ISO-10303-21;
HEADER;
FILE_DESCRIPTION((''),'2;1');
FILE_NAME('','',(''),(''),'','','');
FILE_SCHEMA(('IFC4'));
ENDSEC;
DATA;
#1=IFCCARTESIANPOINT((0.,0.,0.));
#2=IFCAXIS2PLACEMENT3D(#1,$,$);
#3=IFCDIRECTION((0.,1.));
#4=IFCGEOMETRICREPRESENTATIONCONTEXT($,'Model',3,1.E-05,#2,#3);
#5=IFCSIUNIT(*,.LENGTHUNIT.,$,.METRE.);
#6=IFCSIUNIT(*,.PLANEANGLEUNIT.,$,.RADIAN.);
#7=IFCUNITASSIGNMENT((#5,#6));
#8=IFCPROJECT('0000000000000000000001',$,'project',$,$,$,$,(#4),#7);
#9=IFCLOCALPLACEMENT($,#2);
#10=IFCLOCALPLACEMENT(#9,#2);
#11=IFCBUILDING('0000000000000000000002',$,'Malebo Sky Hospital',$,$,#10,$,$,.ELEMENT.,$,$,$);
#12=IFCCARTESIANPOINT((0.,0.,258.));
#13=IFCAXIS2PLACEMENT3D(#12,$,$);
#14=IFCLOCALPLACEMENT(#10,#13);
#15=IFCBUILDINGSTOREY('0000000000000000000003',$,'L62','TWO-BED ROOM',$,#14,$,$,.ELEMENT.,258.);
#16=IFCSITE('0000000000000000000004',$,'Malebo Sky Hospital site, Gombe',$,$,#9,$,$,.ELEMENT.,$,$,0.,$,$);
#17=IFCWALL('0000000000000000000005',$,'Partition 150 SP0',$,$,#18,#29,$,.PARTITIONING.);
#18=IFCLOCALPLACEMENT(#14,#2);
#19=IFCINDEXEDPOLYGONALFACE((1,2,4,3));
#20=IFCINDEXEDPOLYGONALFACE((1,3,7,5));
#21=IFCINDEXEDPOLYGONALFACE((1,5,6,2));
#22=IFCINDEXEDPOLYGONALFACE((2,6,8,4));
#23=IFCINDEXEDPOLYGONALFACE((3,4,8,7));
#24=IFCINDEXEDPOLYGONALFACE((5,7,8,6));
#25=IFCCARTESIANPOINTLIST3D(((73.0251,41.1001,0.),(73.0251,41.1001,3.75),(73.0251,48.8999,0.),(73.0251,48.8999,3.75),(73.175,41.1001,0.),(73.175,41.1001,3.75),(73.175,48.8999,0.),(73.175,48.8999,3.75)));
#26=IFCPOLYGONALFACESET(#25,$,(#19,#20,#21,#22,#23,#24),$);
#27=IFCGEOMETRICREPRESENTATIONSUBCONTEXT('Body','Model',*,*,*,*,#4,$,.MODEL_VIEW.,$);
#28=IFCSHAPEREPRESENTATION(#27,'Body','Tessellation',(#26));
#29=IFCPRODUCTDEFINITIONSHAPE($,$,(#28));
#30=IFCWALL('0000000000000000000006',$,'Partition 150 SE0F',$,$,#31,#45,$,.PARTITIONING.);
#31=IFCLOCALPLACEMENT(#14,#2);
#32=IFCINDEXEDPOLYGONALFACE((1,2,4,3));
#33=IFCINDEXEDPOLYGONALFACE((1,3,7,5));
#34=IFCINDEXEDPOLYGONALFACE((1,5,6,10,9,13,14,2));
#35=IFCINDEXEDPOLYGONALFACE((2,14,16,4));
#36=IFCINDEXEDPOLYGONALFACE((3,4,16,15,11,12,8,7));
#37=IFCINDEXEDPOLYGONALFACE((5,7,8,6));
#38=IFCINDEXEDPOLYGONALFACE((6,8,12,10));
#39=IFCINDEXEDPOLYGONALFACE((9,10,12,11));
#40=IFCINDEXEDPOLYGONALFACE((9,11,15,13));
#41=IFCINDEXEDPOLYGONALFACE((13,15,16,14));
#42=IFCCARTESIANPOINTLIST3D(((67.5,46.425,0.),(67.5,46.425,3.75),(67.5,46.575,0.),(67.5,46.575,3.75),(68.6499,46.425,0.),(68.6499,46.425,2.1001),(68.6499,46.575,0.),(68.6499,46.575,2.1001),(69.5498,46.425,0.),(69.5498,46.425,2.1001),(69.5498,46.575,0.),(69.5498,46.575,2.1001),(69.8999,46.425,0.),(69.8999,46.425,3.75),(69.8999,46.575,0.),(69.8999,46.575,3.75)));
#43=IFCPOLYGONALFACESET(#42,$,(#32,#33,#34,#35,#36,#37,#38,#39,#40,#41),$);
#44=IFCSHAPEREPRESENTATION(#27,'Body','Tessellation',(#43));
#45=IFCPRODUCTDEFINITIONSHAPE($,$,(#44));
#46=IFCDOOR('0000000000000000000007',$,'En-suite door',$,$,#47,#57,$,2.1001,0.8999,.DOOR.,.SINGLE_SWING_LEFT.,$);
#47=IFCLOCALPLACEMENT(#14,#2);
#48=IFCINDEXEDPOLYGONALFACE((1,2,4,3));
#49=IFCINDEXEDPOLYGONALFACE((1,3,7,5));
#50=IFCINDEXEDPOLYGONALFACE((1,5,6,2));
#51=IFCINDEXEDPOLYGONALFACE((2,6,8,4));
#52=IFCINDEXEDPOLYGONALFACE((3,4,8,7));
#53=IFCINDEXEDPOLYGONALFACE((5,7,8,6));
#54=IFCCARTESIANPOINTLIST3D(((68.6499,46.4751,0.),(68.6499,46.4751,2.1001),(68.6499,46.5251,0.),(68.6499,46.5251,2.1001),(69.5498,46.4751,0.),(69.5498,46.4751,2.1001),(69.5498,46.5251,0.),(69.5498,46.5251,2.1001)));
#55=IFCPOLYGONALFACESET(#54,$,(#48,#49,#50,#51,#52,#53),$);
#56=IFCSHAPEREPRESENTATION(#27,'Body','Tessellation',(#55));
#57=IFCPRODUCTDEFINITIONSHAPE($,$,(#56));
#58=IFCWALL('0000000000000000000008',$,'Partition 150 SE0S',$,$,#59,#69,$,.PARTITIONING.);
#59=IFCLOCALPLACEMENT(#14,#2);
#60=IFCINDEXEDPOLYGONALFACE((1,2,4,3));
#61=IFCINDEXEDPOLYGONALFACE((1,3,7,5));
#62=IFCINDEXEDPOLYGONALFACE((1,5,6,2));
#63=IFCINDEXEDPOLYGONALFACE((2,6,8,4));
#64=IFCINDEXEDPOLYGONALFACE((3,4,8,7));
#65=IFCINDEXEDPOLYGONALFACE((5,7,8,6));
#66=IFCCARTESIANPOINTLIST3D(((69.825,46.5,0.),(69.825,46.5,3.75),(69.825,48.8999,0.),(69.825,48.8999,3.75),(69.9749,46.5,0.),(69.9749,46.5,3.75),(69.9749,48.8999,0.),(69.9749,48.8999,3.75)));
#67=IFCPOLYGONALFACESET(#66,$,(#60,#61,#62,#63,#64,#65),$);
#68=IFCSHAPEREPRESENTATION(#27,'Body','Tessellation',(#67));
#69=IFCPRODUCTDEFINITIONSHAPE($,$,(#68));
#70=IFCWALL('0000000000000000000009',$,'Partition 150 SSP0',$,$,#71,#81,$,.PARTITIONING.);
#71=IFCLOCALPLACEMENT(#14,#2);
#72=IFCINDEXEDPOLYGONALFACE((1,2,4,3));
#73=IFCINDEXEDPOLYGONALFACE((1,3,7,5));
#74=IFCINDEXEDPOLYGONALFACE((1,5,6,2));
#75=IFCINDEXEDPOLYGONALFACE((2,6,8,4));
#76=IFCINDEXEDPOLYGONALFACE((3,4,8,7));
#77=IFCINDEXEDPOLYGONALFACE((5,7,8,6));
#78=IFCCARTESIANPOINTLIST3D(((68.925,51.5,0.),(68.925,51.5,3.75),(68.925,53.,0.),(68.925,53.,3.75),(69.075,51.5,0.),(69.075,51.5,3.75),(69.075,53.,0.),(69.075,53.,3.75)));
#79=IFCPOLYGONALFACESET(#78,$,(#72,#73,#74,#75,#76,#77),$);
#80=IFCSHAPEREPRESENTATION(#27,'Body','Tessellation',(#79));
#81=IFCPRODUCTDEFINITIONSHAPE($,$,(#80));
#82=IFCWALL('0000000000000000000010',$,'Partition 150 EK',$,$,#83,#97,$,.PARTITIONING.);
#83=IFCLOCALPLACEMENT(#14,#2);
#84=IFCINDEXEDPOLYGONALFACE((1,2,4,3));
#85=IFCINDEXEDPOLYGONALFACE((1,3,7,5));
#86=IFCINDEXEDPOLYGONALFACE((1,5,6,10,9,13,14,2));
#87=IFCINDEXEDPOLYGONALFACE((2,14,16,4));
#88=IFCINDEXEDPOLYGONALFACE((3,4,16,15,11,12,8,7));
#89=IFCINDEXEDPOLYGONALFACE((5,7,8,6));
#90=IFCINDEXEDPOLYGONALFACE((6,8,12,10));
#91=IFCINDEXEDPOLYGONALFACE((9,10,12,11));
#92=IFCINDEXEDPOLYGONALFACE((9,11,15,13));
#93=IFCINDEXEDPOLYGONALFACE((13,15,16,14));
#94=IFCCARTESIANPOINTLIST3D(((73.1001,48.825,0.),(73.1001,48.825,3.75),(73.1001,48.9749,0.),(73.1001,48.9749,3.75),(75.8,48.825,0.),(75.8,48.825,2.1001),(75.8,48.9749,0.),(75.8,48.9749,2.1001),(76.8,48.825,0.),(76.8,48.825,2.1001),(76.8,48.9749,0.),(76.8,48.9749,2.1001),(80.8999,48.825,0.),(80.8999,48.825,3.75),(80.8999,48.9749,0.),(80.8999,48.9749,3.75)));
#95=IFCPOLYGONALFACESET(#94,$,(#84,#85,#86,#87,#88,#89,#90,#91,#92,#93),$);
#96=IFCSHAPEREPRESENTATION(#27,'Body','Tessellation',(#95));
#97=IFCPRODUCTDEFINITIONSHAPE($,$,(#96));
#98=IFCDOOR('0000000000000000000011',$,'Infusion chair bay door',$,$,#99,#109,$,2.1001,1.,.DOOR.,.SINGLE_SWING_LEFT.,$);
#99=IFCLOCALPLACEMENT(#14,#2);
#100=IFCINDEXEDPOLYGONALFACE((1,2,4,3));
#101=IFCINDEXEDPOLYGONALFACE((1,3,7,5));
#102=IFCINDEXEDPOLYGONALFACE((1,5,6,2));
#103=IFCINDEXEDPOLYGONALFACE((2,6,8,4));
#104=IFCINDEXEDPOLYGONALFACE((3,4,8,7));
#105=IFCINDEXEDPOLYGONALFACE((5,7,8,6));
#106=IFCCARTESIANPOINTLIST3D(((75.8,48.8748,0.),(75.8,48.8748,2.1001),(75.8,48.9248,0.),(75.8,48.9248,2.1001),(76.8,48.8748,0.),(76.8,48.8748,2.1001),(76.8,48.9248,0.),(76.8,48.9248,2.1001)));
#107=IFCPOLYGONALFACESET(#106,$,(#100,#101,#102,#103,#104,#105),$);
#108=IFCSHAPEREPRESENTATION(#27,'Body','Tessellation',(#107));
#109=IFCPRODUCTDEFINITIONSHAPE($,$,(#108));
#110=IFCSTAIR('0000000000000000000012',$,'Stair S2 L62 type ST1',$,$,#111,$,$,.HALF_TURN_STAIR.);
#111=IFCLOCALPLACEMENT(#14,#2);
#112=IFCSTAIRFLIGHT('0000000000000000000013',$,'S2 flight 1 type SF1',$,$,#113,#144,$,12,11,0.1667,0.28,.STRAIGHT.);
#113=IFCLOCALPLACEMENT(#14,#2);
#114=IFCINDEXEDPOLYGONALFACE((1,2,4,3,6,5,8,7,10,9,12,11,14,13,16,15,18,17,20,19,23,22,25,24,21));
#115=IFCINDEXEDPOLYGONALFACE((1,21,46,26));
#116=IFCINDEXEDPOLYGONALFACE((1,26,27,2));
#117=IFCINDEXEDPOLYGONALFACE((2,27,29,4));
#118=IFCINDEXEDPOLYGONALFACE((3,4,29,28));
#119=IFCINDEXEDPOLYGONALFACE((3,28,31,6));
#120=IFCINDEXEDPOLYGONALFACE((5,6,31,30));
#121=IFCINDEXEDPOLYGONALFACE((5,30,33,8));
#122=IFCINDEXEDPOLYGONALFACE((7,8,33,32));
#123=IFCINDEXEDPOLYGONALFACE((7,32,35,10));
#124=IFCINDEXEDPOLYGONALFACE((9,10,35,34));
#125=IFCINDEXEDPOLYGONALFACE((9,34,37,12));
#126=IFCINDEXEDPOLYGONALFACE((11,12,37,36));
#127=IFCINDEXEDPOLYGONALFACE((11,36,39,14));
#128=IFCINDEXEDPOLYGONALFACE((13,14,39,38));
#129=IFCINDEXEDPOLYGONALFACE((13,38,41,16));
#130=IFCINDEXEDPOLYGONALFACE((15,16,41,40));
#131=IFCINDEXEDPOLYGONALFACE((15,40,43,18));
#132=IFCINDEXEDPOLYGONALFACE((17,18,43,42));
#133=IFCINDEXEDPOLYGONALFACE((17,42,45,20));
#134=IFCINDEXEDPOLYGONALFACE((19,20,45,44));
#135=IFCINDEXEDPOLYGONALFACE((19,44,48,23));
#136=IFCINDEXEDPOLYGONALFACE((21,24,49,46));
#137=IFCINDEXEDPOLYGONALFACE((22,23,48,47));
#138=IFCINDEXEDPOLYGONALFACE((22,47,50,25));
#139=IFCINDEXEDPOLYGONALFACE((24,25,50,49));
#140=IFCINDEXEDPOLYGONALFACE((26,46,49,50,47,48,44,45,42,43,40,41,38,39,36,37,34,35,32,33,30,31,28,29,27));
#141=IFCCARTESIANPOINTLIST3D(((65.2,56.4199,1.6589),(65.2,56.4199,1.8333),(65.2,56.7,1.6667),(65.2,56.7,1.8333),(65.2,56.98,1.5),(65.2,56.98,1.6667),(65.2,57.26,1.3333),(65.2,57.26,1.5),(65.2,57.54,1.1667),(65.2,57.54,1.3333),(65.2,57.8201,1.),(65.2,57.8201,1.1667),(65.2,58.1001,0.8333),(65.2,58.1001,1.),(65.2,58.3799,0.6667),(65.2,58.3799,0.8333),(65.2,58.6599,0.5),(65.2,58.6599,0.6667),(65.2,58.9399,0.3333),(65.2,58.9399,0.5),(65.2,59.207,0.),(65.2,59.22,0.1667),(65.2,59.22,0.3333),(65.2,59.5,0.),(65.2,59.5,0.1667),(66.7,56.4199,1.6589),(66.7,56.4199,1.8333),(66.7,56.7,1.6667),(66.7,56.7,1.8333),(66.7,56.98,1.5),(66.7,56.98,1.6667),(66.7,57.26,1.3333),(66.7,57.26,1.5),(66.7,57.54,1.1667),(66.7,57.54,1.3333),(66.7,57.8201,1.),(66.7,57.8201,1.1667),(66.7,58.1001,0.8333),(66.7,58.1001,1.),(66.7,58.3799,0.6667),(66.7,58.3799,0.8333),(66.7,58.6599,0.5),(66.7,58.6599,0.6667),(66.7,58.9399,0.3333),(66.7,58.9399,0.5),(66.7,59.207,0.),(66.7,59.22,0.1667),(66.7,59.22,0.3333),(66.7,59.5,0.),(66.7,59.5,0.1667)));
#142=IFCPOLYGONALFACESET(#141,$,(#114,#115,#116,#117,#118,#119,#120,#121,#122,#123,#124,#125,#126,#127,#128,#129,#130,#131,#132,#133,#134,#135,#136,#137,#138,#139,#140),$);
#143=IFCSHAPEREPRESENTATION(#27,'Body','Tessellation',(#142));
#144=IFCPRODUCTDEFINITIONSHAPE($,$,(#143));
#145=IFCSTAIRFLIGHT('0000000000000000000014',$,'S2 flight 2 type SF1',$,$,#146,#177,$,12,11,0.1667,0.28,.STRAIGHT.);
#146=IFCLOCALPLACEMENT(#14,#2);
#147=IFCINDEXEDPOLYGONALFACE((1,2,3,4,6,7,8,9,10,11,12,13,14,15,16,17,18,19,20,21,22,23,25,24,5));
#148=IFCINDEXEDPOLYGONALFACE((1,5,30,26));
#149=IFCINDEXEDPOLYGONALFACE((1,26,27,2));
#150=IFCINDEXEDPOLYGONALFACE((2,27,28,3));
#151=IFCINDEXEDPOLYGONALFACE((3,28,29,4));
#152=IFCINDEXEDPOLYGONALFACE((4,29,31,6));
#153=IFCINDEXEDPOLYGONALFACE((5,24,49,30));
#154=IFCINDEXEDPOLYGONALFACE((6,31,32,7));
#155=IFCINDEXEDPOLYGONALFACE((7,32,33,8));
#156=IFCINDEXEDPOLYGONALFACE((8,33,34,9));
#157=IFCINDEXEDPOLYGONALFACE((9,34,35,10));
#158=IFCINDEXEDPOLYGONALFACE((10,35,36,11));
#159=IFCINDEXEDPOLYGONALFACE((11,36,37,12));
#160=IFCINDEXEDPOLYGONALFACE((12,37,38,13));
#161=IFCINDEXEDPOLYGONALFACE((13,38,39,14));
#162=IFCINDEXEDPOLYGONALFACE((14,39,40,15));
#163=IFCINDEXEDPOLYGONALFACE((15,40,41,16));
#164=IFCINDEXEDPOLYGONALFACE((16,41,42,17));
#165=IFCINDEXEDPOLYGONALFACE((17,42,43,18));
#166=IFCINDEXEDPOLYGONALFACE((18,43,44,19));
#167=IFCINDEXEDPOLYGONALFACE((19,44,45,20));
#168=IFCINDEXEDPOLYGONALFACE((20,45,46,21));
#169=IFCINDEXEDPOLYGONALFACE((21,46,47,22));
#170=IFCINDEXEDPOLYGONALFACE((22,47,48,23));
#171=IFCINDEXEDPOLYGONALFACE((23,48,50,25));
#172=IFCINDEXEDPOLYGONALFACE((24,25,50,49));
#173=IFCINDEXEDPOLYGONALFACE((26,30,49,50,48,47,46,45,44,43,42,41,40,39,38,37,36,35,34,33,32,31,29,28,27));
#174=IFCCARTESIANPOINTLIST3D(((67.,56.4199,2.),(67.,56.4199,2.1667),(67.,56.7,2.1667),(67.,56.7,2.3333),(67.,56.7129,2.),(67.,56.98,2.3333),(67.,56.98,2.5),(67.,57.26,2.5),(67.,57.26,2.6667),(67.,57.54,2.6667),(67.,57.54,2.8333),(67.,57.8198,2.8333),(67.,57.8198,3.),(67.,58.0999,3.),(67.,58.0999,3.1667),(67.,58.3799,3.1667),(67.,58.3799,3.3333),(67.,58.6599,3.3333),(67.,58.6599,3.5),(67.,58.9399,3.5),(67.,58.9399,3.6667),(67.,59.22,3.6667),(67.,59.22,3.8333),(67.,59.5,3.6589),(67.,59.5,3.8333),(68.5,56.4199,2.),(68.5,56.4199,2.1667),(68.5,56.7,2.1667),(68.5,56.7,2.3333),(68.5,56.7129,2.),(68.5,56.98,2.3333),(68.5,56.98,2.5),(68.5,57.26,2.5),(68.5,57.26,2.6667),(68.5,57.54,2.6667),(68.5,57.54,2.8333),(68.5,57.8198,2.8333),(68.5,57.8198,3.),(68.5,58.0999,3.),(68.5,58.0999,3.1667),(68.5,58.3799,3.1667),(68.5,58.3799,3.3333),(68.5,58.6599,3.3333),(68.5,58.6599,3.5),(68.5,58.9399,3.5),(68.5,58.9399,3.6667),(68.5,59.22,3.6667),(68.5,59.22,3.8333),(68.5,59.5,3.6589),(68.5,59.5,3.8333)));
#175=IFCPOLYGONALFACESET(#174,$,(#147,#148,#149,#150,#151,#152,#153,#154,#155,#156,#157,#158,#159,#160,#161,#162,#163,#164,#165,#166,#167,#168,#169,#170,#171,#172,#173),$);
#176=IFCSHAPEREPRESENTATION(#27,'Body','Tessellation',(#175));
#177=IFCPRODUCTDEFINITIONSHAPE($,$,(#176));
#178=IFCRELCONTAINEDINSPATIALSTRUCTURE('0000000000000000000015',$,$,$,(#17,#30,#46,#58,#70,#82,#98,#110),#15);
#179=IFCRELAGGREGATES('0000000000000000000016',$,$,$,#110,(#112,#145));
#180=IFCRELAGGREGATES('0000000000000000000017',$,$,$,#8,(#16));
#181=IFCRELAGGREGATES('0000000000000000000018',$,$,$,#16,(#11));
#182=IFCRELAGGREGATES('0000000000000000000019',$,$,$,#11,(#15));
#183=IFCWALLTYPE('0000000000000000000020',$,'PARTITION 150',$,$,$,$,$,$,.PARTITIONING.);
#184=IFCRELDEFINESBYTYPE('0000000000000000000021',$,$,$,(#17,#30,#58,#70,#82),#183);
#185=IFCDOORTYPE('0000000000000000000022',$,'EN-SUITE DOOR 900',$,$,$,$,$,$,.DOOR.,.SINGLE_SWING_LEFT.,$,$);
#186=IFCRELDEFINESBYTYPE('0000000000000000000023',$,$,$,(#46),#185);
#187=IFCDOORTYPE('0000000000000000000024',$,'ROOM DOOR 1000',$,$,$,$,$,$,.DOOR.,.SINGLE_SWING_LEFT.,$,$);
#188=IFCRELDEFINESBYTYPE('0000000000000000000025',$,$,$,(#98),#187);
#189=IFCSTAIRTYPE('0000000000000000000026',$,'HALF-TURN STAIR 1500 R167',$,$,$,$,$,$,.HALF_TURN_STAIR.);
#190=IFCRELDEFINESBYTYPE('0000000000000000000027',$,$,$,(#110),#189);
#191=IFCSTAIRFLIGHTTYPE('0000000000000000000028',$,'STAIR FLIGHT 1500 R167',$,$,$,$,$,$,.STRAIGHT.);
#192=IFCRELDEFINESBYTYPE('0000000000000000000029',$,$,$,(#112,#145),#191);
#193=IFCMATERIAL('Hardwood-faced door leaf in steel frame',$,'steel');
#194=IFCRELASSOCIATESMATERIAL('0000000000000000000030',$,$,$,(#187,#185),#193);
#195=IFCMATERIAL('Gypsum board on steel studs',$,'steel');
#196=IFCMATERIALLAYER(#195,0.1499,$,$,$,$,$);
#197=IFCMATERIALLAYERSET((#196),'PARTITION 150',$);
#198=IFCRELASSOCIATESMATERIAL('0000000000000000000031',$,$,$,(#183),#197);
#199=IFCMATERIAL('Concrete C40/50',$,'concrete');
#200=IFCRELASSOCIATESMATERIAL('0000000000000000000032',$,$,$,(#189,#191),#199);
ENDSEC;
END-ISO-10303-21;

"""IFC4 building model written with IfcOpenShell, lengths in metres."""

from ifc_helpers import new_model, si_unit, direction, frame, frame_2d, origin, place, context, subcontext, project, spatial, polyline, rectangle, outline, extrude, material, layer, layer_set, type_object, element, fill, aggregate, save


model = new_model("IFC4")

# Units and contexts
model_context = context("Model", 3, precision=1e-05, world=origin(), true_north=direction((0.0, 1.0)))
body_context = subcontext(model_context, "Body", "Model", "MODEL_VIEW")
ifc_project = project(units=[si_unit("LENGTHUNIT", "METRE"), si_unit("PLANEANGLEUNIT", "RADIAN")], contexts=[model_context])

# Site, building, storey
site_placement = place(None, origin())
site = spatial("IfcSite", under=ifc_project, at=site_placement, Name="Malebo Sky Hospital site, Gombe", CompositionType="ELEMENT", RefElevation=0.0)
building_placement = place(site_placement, origin())
building = spatial("IfcBuilding", under=site, at=building_placement, Name="Malebo Sky Hospital", CompositionType="ELEMENT")
storey_placement = place(building_placement, frame((0.0, 0.0, 258.0)))
storey = spatial("IfcBuildingStorey", under=building, at=storey_placement, Name="L62", Description="TWO-BED ROOM", CompositionType="ELEMENT", Elevation=258.0)

# Shared definitions
ifc_material_1 = material(Name="Hardwood-faced door leaf in steel frame", Category="steel")

# Shared definitions
ifc_material_2 = material(Name="Gypsum board on steel studs", Category="steel")
door_type_1 = type_object("IfcDoorType", Name="ROOM DOOR 1000", OperationType="SINGLE_SWING_LEFT", PredefinedType="DOOR", material=ifc_material_1)

# Wall
ifc_layer_1 = layer(ifc_material_2, 0.1499)
ifc_layer_set_1 = layer_set([ifc_layer_1], Name="PARTITION 150")
wall_type_1 = type_object("IfcWallType", Name="PARTITION 150", PredefinedType="PARTITIONING", material=ifc_layer_set_1)
for number, where, z_axis, x_axis, name in (
    (1, (73.1001, 48.8999, 0.0), (0.0, 0.0, 1.0), (0.0, -1.0, 0.0), "Partition 150 SP0"),
):
    element("IfcWall", number, at=place(storey_placement, frame(where, z_axis=z_axis, x_axis=x_axis)), inside=storey, type_object=wall_type_1, Name=name, PredefinedType="PARTITIONING", context=body_context, shape_type="SweptSolid", body=[
        extrude(rectangle(XDim=7.7998, YDim=0.1499, at=frame_2d((3.8999, 0.0))), origin(), (0.0, 0.0, 1.0), 3.75),
    ])

# Wall, opening, door
wall_1_placement = place(storey_placement, frame((69.8999, 46.5, 0.0), z_axis=(0.0, 0.0, 1.0), x_axis=(-1.0, 0.0, 0.0)))
wall_1 = element("IfcWall", 2, at=wall_1_placement, inside=storey, type_object=wall_type_1, Name="Partition 150 SE0F", PredefinedType="PARTITIONING", context=body_context, shape_type="SweptSolid", body=[
    extrude(rectangle(XDim=2.3999, YDim=0.1499, at=frame_2d((1.2, 0.0))), origin(), (0.0, 0.0, 1.0), 3.75),
])
opening_1_placement = place(wall_1_placement, frame((0.3501, 0.0, 0.0)))
opening_1 = element("IfcOpeningElement", 3, at=opening_1_placement, cuts=wall_1, PredefinedType="OPENING", context=body_context, shape_type="SweptSolid", body=[
    extrude(rectangle(XDim=0.8999, YDim=2.1001, at=frame_2d((0.45, 1.05))), frame((0.0, 0.085, 0.0), z_axis=(0.0, -1.0, 0.0), x_axis=(1.0, 0.0, 0.0)), (0.0, 0.0, 1.0), 0.1699),
])
door_type_2 = type_object("IfcDoorType", Name="EN-SUITE DOOR 900", OperationType="SINGLE_SWING_LEFT", PredefinedType="DOOR", material=ifc_material_1)
door_1_placement = place(opening_1_placement, origin())
door_1 = element("IfcDoor", 4, at=door_1_placement, inside=storey, type_object=door_type_2, Name="En-suite door", OperationType="SINGLE_SWING_LEFT", OverallHeight=2.1001, OverallWidth=0.8999, PredefinedType="DOOR", context=body_context, shape_type="SweptSolid", body=[
    extrude(rectangle(XDim=0.8999, YDim=2.1001, at=frame_2d((0.45, 1.05))), frame((0.0, 0.0249, 0.0), z_axis=(0.0, -1.0, 0.0), x_axis=(1.0, 0.0, 0.0)), (0.0, 0.0, 1.0), 0.05),
])
fill(opening_1, door_1)

# Walls
wall_2_placement = place(storey_placement, frame((69.8999, 48.8999, 0.0), z_axis=(0.0, 0.0, 1.0), x_axis=(0.0, -1.0, 0.0)))
element("IfcWall", 5, at=wall_2_placement, inside=storey, type_object=wall_type_1, Name="Partition 150 SE0S", PredefinedType="PARTITIONING", context=body_context, shape_type="SweptSolid", body=[
    extrude(rectangle(XDim=2.3999, YDim=0.1499, at=frame_2d((1.2, 0.0))), origin(), (0.0, 0.0, 1.0), 3.75),
])
wall_3_placement = place(storey_placement, frame((69.0, 53.0, 0.0), z_axis=(0.0, 0.0, 1.0), x_axis=(0.0, -1.0, 0.0)))
element("IfcWall", 6, at=wall_3_placement, inside=storey, type_object=wall_type_1, Name="Partition 150 SSP0", PredefinedType="PARTITIONING", context=body_context, shape_type="SweptSolid", body=[
    extrude(rectangle(XDim=1.5, YDim=0.1499, at=frame_2d((0.75, 0.0))), origin(), (0.0, 0.0, 1.0), 3.75),
])

# Wall, opening, door
wall_4_placement = place(storey_placement, frame((73.1001, 48.8999, 0.0), z_axis=(0.0, 0.0, 1.0), x_axis=(1.0, 0.0, 0.0)))
wall_4 = element("IfcWall", 7, at=wall_4_placement, inside=storey, type_object=wall_type_1, Name="Partition 150 EK", PredefinedType="PARTITIONING", context=body_context, shape_type="SweptSolid", body=[
    extrude(rectangle(XDim=7.7998, YDim=0.1499, at=frame_2d((3.8999, 0.0))), origin(), (0.0, 0.0, 1.0), 3.75),
])
opening_2_placement = place(wall_4_placement, frame((2.7, 0.0, 0.0)))
opening_2 = element("IfcOpeningElement", 8, at=opening_2_placement, cuts=wall_4, PredefinedType="OPENING", context=body_context, shape_type="SweptSolid", body=[
    extrude(rectangle(XDim=1.0, YDim=2.1001, at=frame_2d((0.5, 1.05))), frame((0.0, 0.085, 0.0), z_axis=(0.0, -1.0, 0.0), x_axis=(1.0, 0.0, 0.0)), (0.0, 0.0, 1.0), 0.1699),
])
door_2_placement = place(opening_2_placement, origin())
door_2 = element("IfcDoor", 9, at=door_2_placement, inside=storey, type_object=door_type_1, Name="Infusion chair bay door", OperationType="SINGLE_SWING_LEFT", OverallHeight=2.1001, OverallWidth=1.0, PredefinedType="DOOR", context=body_context, shape_type="SweptSolid", body=[
    extrude(rectangle(XDim=1.0, YDim=2.1001, at=frame_2d((0.5, 1.05))), frame((0.0, 0.0249, 0.0), z_axis=(0.0, -1.0, 0.0), x_axis=(1.0, 0.0, 0.0)), (0.0, 0.0, 1.0), 0.05),
])
fill(opening_2, door_2)

# Stair, stair flights
ifc_material_3 = material(Name="Concrete C40/50", Category="concrete")
stair_type = type_object("IfcStairType", Name="HALF-TURN STAIR 1500 R167", PredefinedType="HALF_TURN_STAIR", material=ifc_material_3)
stair_placement = place(storey_placement, origin())
stair = element("IfcStair", 10, at=stair_placement, inside=storey, type_object=stair_type, Name="Stair S2 L62 type ST1", PredefinedType="HALF_TURN_STAIR")
stair_flight_type = type_object("IfcStairFlightType", Name="STAIR FLIGHT 1500 R167", PredefinedType="STRAIGHT", material=ifc_material_3)
stair_flight_1_placement = place(storey_placement, frame((65.95, 59.5, 0.0), z_axis=(0.0, 0.0, 1.0), x_axis=(0.0, -1.0, 0.0)))
stair_flight_1 = element("IfcStairFlight", 11, at=stair_flight_1_placement, type_object=stair_flight_type, Name="S2 flight 1 type SF1", NumberOfRisers=12, NumberOfTreads=11, PredefinedType="STRAIGHT", RiserHeight=0.1667, TreadLength=0.28, context=body_context, shape_type="SweptSolid", body=[
    extrude(outline(polyline([(0.0, 0.0), (0.0, 0.1667), (0.28, 0.1667), (0.28, 0.3333), (0.5601, 0.3333), (0.5601, 0.5), (0.8401, 0.5), (0.8401, 0.6667), (1.1201, 0.6667), (1.1201, 0.8333), (1.3999, 0.8333), (1.3999, 1.0), (1.6799, 1.0), (1.6799, 1.1667), (1.96, 1.1667), (1.96, 1.3333), (2.24, 1.3333), (2.24, 1.5), (2.52, 1.5), (2.52, 1.6667), (2.8, 1.6667), (2.8, 1.8333), (3.0801, 1.8333), (3.0801, 2.0), (3.0801, 1.6589), (0.293, 0.0), (0.0, 0.0)])), frame((0.0, 0.75, 0.0), z_axis=(0.0, -1.0, 0.0), x_axis=(1.0, 0.0, 0.0)), (0.0, 0.0, 1.0), 1.5),
])
stair_flight_2_placement = place(storey_placement, frame((67.75, 56.4199, 2.0), z_axis=(0.0, 0.0, 1.0), x_axis=(0.0, 1.0, 0.0)))
stair_flight_2 = element("IfcStairFlight", 12, at=stair_flight_2_placement, type_object=stair_flight_type, Name="S2 flight 2 type SF1", NumberOfRisers=12, NumberOfTreads=11, PredefinedType="STRAIGHT", RiserHeight=0.1667, TreadLength=0.28, context=body_context, shape_type="SweptSolid", body=[
    extrude(outline(polyline([(0.0, 0.0), (0.0, 0.1667), (0.28, 0.1667), (0.28, 0.3333), (0.5601, 0.3333), (0.5601, 0.5), (0.8401, 0.5), (0.8401, 0.6667), (1.1201, 0.6667), (1.1201, 0.8333), (1.3999, 0.8333), (1.3999, 1.0), (1.6799, 1.0), (1.6799, 1.1667), (1.96, 1.1667), (1.96, 1.3333), (2.24, 1.3333), (2.24, 1.5), (2.52, 1.5), (2.52, 1.6667), (2.8, 1.6667), (2.8, 1.8333), (3.0801, 1.8333), (3.0801, 2.0), (3.0801, 1.6589), (0.293, 0.0), (0.0, 0.0)])), frame((0.0, 0.75, 0.0), z_axis=(0.0, -1.0, 0.0), x_axis=(1.0, 0.0, 0.0)), (0.0, 0.0, 1.0), 1.5),
])
aggregate(stair, [stair_flight_1, stair_flight_2])

save(model, "model.ifc")
